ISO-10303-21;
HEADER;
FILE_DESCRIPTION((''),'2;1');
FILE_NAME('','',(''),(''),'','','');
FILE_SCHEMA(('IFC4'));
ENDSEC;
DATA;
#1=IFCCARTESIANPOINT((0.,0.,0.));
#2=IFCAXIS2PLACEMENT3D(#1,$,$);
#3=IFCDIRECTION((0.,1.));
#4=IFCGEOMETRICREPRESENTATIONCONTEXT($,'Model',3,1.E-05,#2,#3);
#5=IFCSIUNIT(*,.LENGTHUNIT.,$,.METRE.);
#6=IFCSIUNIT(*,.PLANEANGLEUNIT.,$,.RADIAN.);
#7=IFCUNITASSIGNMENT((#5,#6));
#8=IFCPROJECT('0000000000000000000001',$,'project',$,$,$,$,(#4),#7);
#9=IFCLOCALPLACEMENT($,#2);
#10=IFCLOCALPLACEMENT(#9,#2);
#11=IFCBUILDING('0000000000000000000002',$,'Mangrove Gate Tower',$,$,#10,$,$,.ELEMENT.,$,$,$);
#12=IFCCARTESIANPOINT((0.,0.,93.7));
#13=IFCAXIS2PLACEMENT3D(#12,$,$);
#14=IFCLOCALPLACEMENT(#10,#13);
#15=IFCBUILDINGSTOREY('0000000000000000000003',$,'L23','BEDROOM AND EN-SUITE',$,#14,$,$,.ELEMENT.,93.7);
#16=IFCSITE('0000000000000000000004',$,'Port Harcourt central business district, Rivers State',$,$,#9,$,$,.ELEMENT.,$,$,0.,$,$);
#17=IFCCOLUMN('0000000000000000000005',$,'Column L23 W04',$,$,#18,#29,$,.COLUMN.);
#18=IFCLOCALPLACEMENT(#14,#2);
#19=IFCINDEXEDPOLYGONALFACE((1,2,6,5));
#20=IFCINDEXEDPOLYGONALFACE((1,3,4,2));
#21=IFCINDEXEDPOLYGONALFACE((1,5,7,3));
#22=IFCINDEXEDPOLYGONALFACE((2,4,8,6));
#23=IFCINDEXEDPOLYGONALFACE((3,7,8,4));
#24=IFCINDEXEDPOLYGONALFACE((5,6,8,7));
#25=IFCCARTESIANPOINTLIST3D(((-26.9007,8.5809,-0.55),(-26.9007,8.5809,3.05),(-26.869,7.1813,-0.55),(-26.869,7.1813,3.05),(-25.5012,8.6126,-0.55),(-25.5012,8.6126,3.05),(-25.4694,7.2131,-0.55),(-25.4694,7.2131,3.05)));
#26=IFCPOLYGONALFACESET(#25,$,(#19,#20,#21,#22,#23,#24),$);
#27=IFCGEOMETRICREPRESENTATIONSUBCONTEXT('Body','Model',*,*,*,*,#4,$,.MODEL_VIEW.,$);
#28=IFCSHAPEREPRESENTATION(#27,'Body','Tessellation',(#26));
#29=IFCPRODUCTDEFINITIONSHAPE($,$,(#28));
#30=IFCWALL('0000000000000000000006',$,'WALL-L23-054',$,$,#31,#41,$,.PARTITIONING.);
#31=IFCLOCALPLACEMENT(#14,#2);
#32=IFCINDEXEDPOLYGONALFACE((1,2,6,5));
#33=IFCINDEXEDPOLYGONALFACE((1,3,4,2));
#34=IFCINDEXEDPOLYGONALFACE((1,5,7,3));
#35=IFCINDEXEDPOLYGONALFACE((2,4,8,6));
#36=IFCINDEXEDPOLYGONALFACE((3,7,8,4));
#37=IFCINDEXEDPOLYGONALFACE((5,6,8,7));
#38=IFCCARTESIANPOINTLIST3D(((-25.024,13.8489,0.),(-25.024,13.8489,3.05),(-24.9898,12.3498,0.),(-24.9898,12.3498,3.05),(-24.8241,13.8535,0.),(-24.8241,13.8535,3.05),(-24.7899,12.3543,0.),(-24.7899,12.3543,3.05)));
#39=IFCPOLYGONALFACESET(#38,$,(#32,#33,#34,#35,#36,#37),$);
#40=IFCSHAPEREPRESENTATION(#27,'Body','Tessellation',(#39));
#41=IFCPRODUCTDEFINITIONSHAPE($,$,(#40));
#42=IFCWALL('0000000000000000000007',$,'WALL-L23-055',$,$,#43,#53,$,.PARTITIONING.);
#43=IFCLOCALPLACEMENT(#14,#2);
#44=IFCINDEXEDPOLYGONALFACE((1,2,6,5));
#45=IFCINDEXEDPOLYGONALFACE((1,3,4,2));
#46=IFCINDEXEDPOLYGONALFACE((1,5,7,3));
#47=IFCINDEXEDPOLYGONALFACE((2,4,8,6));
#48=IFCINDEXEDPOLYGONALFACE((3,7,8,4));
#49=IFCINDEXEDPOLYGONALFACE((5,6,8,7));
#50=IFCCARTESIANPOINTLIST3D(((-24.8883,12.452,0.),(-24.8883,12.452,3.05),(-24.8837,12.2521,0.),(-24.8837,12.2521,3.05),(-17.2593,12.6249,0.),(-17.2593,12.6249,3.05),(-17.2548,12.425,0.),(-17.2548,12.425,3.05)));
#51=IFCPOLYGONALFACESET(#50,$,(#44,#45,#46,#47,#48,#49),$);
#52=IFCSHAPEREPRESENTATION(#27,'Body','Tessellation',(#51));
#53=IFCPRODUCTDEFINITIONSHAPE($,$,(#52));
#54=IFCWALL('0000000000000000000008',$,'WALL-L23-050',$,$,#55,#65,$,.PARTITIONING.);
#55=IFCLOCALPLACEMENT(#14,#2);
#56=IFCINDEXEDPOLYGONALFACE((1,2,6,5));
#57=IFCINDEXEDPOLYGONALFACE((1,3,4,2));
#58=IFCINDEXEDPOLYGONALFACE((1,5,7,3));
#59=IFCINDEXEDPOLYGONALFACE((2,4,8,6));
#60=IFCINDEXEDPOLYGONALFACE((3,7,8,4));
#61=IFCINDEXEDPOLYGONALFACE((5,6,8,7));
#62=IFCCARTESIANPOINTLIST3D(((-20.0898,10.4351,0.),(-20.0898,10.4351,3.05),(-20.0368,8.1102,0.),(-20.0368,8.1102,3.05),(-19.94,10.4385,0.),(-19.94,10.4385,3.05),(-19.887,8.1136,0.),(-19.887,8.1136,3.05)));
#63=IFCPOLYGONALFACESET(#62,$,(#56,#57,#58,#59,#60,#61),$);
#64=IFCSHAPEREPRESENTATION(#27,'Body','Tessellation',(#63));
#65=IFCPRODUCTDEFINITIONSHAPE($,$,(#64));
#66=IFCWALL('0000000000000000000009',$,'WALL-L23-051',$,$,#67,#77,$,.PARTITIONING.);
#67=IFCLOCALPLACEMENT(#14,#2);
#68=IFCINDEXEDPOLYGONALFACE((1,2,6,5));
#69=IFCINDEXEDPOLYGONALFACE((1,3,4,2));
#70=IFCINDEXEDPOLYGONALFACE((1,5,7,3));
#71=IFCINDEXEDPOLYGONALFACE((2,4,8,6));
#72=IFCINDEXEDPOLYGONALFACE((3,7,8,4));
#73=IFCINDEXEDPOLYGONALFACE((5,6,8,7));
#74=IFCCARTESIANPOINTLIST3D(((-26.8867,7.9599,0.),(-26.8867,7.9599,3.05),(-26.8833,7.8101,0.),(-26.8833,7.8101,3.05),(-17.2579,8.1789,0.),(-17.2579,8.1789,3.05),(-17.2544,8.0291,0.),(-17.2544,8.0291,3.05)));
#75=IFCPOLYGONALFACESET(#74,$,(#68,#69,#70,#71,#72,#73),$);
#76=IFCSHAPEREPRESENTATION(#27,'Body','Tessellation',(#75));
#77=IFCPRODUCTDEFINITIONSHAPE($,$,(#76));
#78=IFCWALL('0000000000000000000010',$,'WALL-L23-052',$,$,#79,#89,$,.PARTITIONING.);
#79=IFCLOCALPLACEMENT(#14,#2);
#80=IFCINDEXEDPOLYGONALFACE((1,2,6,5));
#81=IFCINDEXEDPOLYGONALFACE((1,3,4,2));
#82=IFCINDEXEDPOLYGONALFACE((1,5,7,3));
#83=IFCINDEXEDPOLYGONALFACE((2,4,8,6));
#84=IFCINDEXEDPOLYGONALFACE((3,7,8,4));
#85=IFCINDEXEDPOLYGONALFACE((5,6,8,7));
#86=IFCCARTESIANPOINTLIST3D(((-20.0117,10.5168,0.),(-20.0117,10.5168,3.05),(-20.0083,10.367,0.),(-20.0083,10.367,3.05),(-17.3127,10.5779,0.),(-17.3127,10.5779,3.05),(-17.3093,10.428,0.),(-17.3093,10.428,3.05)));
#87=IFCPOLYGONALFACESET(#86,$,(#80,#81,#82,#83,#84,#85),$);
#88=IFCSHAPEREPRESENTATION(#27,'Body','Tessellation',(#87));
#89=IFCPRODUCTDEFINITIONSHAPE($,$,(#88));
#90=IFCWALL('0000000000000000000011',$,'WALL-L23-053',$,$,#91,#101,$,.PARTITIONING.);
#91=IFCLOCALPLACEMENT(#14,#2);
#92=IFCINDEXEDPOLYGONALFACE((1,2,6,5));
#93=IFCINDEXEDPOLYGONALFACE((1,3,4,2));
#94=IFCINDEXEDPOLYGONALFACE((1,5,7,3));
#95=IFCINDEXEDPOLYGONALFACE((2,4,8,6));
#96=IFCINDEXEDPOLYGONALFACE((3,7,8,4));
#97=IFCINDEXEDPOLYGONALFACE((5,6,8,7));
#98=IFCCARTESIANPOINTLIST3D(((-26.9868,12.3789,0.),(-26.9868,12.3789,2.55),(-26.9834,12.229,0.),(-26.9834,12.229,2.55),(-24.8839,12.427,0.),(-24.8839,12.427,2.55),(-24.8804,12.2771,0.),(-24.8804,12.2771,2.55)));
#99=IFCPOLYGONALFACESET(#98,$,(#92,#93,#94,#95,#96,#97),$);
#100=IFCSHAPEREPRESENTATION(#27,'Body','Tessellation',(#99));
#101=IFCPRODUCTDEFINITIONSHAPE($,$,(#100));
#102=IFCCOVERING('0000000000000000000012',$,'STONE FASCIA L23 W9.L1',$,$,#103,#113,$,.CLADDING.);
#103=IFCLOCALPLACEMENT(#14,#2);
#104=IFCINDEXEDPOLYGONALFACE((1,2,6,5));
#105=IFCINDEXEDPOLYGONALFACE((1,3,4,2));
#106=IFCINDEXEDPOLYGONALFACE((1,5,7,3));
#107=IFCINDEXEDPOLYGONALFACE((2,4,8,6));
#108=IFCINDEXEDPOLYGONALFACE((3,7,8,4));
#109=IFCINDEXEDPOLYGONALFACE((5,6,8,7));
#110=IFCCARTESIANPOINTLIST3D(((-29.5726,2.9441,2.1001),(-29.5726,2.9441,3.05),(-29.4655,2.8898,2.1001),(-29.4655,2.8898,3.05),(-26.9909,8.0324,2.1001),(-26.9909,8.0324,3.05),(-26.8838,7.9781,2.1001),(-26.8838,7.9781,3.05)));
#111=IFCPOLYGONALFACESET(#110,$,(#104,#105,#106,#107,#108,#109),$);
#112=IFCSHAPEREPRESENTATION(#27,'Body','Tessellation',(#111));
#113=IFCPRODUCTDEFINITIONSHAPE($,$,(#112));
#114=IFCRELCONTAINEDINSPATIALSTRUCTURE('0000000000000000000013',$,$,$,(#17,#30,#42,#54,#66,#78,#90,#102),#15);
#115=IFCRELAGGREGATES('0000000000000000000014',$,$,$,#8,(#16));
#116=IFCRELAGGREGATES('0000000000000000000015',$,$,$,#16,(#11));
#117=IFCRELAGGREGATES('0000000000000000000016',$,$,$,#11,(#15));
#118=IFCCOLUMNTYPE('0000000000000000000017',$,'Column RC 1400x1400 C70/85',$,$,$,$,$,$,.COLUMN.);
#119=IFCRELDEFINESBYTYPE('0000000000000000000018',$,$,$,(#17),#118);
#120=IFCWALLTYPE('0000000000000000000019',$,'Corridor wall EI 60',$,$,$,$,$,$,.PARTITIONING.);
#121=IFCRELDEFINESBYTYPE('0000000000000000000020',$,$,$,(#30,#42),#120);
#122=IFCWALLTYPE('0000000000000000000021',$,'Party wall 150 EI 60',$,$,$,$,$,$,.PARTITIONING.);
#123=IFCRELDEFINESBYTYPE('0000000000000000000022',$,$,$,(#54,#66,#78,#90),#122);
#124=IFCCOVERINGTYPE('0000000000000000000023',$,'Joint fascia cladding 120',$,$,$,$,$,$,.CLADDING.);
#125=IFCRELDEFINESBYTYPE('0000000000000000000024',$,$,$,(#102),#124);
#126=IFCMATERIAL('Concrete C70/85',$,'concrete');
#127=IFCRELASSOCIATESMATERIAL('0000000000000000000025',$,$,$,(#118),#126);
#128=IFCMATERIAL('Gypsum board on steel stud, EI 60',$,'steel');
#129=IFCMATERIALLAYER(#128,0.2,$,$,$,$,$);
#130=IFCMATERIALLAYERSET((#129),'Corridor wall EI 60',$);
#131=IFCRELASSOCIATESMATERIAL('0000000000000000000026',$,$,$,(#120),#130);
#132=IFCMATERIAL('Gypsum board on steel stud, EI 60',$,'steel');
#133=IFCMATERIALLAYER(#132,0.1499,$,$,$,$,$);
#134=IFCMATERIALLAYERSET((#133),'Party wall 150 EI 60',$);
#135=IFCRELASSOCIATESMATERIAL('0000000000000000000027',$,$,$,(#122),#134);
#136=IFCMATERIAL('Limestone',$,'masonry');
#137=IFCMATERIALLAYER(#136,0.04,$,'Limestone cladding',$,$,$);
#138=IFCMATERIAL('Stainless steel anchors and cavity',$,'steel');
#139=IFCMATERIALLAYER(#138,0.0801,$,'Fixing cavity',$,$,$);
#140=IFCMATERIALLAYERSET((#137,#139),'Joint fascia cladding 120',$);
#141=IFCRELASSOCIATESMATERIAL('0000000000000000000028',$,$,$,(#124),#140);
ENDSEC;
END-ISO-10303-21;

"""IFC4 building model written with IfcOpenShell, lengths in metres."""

from ifc_helpers import new_model, si_unit, direction, frame, frame_2d, origin, origin_2d, place, context, subcontext, project, spatial, rectangle, extrude, material, layer, layer_set, material_profile, profile_set, type_object, element, save


model = new_model("IFC4")

# Units and contexts
model_context = context("Model", 3, precision=1e-05, world=origin(), true_north=direction((0.0, 1.0)))
body_context = subcontext(model_context, "Body", "Model", "MODEL_VIEW")
ifc_project = project(units=[si_unit("LENGTHUNIT", "METRE"), si_unit("PLANEANGLEUNIT", "RADIAN")], contexts=[model_context])

# Site, building, storey
site_placement = place(None, origin())
site = spatial("IfcSite", under=ifc_project, at=site_placement, Name="Port Harcourt central business district, Rivers State", CompositionType="ELEMENT", RefElevation=0.0)
building_placement = place(site_placement, origin())
building = spatial("IfcBuilding", under=site, at=building_placement, Name="Mangrove Gate Tower", CompositionType="ELEMENT")
storey_placement = place(building_placement, frame((0.0, 0.0, 93.7)))
storey = spatial("IfcBuildingStorey", under=building, at=storey_placement, Name="L23", Description="BEDROOM AND EN-SUITE", CompositionType="ELEMENT", Elevation=93.7)

# Column
ifc_material_1 = material(Name="Concrete C70/85", Category="concrete")
ifc_material_profile = material_profile(ifc_material_1, rectangle(XDim=1.3999, YDim=1.3999, at=origin_2d()))
ifc_profile_set = profile_set([ifc_material_profile], Name="Concrete C70/85")
column_type = type_object("IfcColumnType", Name="Column RC 1400x1400 C70/85", PredefinedType="COLUMN", material=ifc_profile_set)
column_placement = place(storey_placement, frame((-26.1851, 7.897, -0.55), z_axis=(0.0, 0.0, 1.0), x_axis=(0.022676, -0.999743, 0.0)))
element("IfcColumn", 1, at=column_placement, inside=storey, type_object=column_type, Name="Column L23 W04", PredefinedType="COLUMN", context=body_context, shape_type="SweptSolid", body=[
    extrude(rectangle(XDim=1.3999, YDim=1.3999, at=origin_2d()), origin(), (0.0, 0.0, 1.0), 3.6001),
])

# Walls
ifc_material_2 = material(Name="Gypsum board on steel stud, EI 60", Category="steel")
ifc_layer_1 = layer(ifc_material_2, 0.2)
ifc_layer_set_1 = layer_set([ifc_layer_1], Name="Corridor wall EI 60")
wall_type_1 = type_object("IfcWallType", Name="Corridor wall EI 60", PredefinedType="PARTITIONING", material=ifc_layer_set_1)
wall_1_placement = place(storey_placement, frame((-24.8899, 12.3521, 0.0), z_axis=(0.0, 0.0, 1.0), x_axis=(-0.022795, 0.99974, 0.0)))
element("IfcWall", 2, at=wall_1_placement, inside=storey, type_object=wall_type_1, Name="WALL-L23-054", PredefinedType="PARTITIONING", context=body_context, shape_type="SweptSolid", body=[
    extrude(rectangle(XDim=1.4995, YDim=0.2, at=frame_2d((0.7498, 0.0))), origin(), (0.0, 0.0, 1.0), 3.05),
])
wall_2_placement = place(storey_placement, frame((-24.886, 12.3521, 0.0), z_axis=(0.0, 0.0, 1.0), x_axis=(0.999743, 0.022652, 0.0)))
element("IfcWall", 3, at=wall_2_placement, inside=storey, type_object=wall_type_1, Name="WALL-L23-055", PredefinedType="PARTITIONING", context=body_context, shape_type="SweptSolid", body=[
    extrude(rectangle(XDim=7.6309, YDim=0.2, at=frame_2d((3.8154, 0.0))), origin(), (0.0, 0.0, 1.0), 3.05),
])

# Walls
ifc_material_3 = material(Name="Gypsum board on steel stud, EI 60", Category="steel")
ifc_layer_2 = layer(ifc_material_3, 0.1499)
ifc_layer_set_2 = layer_set([ifc_layer_2], Name="Party wall 150 EI 60")
wall_type_2 = type_object("IfcWallType", Name="Party wall 150 EI 60", PredefinedType="PARTITIONING", material=ifc_layer_set_2)
wall_3_placement = place(storey_placement, frame((-19.9619, 8.1121, 0.0), z_axis=(0.0, 0.0, 1.0), x_axis=(-0.022781, 0.99974, 0.0)))
element("IfcWall", 4, at=wall_3_placement, inside=storey, type_object=wall_type_2, Name="WALL-L23-050", PredefinedType="PARTITIONING", context=body_context, shape_type="SweptSolid", body=[
    extrude(rectangle(XDim=2.3254, YDim=0.1499, at=frame_2d((1.1626, 0.0))), origin(), (0.0, 0.0, 1.0), 3.05),
])
wall_4_placement = place(storey_placement, frame((-26.885, 7.885, 0.0), z_axis=(0.0, 0.0, 1.0), x_axis=(0.999741, 0.022738, 0.0)))
element("IfcWall", 5, at=wall_4_placement, inside=storey, type_object=wall_type_2, Name="WALL-L23-051", PredefinedType="PARTITIONING", context=body_context, shape_type="SweptSolid", body=[
    extrude(rectangle(XDim=9.6313, YDim=0.1499, at=frame_2d((4.8157, 0.0))), origin(), (0.0, 0.0, 1.0), 3.05),
])
wall_5_placement = place(storey_placement, frame((-20.01, 10.4419, 0.0), z_axis=(0.0, 0.0, 1.0), x_axis=(0.999744, 0.022608, 0.0)))
element("IfcWall", 6, at=wall_5_placement, inside=storey, type_object=wall_type_2, Name="WALL-L23-052", PredefinedType="PARTITIONING", context=body_context, shape_type="SweptSolid", body=[
    extrude(rectangle(XDim=2.6997, YDim=0.1499, at=frame_2d((1.3499, 0.0))), origin(), (0.0, 0.0, 1.0), 3.05),
])
wall_6_placement = place(storey_placement, frame((-26.9851, 12.304, 0.0), z_axis=(0.0, 0.0, 1.0), x_axis=(0.999739, 0.022864, 0.0)))
element("IfcWall", 7, at=wall_6_placement, inside=storey, type_object=wall_type_2, Name="WALL-L23-053", PredefinedType="PARTITIONING", context=body_context, shape_type="SweptSolid", body=[
    extrude(rectangle(XDim=2.1035, YDim=0.1499, at=frame_2d((1.0518, 0.0))), origin(), (0.0, 0.0, 1.0), 2.55),
])

# Covering
ifc_material_4 = material(Name="Limestone", Category="masonry")
ifc_layer_3 = layer(ifc_material_4, 0.04, Name="Limestone cladding")
ifc_material_5 = material(Name="Stainless steel anchors and cavity", Category="steel")
ifc_layer_4 = layer(ifc_material_5, 0.0801, Name="Fixing cavity")
ifc_layer_set_3 = layer_set([ifc_layer_3, ifc_layer_4], Name="Joint fascia cladding 120")
covering_type = type_object("IfcCoveringType", Name="Joint fascia cladding 120", PredefinedType="CLADDING", material=ifc_layer_set_3)
covering_placement = place(storey_placement, frame((-26.9373, 8.0054, 2.1001), z_axis=(0.0, 0.0, 1.0), x_axis=(-0.452477, -0.891776, 0.0)))
element("IfcCovering", 8, at=covering_placement, inside=storey, type_object=covering_type, Name="STONE FASCIA L23 W9.L1", PredefinedType="CLADDING", context=body_context, shape_type="SweptSolid", body=[
    extrude(rectangle(XDim=5.7058, YDim=0.1201, at=frame_2d((2.853, 0.0))), origin(), (0.0, 0.0, 1.0), 0.95),
])

save(model, "model.ifc")
